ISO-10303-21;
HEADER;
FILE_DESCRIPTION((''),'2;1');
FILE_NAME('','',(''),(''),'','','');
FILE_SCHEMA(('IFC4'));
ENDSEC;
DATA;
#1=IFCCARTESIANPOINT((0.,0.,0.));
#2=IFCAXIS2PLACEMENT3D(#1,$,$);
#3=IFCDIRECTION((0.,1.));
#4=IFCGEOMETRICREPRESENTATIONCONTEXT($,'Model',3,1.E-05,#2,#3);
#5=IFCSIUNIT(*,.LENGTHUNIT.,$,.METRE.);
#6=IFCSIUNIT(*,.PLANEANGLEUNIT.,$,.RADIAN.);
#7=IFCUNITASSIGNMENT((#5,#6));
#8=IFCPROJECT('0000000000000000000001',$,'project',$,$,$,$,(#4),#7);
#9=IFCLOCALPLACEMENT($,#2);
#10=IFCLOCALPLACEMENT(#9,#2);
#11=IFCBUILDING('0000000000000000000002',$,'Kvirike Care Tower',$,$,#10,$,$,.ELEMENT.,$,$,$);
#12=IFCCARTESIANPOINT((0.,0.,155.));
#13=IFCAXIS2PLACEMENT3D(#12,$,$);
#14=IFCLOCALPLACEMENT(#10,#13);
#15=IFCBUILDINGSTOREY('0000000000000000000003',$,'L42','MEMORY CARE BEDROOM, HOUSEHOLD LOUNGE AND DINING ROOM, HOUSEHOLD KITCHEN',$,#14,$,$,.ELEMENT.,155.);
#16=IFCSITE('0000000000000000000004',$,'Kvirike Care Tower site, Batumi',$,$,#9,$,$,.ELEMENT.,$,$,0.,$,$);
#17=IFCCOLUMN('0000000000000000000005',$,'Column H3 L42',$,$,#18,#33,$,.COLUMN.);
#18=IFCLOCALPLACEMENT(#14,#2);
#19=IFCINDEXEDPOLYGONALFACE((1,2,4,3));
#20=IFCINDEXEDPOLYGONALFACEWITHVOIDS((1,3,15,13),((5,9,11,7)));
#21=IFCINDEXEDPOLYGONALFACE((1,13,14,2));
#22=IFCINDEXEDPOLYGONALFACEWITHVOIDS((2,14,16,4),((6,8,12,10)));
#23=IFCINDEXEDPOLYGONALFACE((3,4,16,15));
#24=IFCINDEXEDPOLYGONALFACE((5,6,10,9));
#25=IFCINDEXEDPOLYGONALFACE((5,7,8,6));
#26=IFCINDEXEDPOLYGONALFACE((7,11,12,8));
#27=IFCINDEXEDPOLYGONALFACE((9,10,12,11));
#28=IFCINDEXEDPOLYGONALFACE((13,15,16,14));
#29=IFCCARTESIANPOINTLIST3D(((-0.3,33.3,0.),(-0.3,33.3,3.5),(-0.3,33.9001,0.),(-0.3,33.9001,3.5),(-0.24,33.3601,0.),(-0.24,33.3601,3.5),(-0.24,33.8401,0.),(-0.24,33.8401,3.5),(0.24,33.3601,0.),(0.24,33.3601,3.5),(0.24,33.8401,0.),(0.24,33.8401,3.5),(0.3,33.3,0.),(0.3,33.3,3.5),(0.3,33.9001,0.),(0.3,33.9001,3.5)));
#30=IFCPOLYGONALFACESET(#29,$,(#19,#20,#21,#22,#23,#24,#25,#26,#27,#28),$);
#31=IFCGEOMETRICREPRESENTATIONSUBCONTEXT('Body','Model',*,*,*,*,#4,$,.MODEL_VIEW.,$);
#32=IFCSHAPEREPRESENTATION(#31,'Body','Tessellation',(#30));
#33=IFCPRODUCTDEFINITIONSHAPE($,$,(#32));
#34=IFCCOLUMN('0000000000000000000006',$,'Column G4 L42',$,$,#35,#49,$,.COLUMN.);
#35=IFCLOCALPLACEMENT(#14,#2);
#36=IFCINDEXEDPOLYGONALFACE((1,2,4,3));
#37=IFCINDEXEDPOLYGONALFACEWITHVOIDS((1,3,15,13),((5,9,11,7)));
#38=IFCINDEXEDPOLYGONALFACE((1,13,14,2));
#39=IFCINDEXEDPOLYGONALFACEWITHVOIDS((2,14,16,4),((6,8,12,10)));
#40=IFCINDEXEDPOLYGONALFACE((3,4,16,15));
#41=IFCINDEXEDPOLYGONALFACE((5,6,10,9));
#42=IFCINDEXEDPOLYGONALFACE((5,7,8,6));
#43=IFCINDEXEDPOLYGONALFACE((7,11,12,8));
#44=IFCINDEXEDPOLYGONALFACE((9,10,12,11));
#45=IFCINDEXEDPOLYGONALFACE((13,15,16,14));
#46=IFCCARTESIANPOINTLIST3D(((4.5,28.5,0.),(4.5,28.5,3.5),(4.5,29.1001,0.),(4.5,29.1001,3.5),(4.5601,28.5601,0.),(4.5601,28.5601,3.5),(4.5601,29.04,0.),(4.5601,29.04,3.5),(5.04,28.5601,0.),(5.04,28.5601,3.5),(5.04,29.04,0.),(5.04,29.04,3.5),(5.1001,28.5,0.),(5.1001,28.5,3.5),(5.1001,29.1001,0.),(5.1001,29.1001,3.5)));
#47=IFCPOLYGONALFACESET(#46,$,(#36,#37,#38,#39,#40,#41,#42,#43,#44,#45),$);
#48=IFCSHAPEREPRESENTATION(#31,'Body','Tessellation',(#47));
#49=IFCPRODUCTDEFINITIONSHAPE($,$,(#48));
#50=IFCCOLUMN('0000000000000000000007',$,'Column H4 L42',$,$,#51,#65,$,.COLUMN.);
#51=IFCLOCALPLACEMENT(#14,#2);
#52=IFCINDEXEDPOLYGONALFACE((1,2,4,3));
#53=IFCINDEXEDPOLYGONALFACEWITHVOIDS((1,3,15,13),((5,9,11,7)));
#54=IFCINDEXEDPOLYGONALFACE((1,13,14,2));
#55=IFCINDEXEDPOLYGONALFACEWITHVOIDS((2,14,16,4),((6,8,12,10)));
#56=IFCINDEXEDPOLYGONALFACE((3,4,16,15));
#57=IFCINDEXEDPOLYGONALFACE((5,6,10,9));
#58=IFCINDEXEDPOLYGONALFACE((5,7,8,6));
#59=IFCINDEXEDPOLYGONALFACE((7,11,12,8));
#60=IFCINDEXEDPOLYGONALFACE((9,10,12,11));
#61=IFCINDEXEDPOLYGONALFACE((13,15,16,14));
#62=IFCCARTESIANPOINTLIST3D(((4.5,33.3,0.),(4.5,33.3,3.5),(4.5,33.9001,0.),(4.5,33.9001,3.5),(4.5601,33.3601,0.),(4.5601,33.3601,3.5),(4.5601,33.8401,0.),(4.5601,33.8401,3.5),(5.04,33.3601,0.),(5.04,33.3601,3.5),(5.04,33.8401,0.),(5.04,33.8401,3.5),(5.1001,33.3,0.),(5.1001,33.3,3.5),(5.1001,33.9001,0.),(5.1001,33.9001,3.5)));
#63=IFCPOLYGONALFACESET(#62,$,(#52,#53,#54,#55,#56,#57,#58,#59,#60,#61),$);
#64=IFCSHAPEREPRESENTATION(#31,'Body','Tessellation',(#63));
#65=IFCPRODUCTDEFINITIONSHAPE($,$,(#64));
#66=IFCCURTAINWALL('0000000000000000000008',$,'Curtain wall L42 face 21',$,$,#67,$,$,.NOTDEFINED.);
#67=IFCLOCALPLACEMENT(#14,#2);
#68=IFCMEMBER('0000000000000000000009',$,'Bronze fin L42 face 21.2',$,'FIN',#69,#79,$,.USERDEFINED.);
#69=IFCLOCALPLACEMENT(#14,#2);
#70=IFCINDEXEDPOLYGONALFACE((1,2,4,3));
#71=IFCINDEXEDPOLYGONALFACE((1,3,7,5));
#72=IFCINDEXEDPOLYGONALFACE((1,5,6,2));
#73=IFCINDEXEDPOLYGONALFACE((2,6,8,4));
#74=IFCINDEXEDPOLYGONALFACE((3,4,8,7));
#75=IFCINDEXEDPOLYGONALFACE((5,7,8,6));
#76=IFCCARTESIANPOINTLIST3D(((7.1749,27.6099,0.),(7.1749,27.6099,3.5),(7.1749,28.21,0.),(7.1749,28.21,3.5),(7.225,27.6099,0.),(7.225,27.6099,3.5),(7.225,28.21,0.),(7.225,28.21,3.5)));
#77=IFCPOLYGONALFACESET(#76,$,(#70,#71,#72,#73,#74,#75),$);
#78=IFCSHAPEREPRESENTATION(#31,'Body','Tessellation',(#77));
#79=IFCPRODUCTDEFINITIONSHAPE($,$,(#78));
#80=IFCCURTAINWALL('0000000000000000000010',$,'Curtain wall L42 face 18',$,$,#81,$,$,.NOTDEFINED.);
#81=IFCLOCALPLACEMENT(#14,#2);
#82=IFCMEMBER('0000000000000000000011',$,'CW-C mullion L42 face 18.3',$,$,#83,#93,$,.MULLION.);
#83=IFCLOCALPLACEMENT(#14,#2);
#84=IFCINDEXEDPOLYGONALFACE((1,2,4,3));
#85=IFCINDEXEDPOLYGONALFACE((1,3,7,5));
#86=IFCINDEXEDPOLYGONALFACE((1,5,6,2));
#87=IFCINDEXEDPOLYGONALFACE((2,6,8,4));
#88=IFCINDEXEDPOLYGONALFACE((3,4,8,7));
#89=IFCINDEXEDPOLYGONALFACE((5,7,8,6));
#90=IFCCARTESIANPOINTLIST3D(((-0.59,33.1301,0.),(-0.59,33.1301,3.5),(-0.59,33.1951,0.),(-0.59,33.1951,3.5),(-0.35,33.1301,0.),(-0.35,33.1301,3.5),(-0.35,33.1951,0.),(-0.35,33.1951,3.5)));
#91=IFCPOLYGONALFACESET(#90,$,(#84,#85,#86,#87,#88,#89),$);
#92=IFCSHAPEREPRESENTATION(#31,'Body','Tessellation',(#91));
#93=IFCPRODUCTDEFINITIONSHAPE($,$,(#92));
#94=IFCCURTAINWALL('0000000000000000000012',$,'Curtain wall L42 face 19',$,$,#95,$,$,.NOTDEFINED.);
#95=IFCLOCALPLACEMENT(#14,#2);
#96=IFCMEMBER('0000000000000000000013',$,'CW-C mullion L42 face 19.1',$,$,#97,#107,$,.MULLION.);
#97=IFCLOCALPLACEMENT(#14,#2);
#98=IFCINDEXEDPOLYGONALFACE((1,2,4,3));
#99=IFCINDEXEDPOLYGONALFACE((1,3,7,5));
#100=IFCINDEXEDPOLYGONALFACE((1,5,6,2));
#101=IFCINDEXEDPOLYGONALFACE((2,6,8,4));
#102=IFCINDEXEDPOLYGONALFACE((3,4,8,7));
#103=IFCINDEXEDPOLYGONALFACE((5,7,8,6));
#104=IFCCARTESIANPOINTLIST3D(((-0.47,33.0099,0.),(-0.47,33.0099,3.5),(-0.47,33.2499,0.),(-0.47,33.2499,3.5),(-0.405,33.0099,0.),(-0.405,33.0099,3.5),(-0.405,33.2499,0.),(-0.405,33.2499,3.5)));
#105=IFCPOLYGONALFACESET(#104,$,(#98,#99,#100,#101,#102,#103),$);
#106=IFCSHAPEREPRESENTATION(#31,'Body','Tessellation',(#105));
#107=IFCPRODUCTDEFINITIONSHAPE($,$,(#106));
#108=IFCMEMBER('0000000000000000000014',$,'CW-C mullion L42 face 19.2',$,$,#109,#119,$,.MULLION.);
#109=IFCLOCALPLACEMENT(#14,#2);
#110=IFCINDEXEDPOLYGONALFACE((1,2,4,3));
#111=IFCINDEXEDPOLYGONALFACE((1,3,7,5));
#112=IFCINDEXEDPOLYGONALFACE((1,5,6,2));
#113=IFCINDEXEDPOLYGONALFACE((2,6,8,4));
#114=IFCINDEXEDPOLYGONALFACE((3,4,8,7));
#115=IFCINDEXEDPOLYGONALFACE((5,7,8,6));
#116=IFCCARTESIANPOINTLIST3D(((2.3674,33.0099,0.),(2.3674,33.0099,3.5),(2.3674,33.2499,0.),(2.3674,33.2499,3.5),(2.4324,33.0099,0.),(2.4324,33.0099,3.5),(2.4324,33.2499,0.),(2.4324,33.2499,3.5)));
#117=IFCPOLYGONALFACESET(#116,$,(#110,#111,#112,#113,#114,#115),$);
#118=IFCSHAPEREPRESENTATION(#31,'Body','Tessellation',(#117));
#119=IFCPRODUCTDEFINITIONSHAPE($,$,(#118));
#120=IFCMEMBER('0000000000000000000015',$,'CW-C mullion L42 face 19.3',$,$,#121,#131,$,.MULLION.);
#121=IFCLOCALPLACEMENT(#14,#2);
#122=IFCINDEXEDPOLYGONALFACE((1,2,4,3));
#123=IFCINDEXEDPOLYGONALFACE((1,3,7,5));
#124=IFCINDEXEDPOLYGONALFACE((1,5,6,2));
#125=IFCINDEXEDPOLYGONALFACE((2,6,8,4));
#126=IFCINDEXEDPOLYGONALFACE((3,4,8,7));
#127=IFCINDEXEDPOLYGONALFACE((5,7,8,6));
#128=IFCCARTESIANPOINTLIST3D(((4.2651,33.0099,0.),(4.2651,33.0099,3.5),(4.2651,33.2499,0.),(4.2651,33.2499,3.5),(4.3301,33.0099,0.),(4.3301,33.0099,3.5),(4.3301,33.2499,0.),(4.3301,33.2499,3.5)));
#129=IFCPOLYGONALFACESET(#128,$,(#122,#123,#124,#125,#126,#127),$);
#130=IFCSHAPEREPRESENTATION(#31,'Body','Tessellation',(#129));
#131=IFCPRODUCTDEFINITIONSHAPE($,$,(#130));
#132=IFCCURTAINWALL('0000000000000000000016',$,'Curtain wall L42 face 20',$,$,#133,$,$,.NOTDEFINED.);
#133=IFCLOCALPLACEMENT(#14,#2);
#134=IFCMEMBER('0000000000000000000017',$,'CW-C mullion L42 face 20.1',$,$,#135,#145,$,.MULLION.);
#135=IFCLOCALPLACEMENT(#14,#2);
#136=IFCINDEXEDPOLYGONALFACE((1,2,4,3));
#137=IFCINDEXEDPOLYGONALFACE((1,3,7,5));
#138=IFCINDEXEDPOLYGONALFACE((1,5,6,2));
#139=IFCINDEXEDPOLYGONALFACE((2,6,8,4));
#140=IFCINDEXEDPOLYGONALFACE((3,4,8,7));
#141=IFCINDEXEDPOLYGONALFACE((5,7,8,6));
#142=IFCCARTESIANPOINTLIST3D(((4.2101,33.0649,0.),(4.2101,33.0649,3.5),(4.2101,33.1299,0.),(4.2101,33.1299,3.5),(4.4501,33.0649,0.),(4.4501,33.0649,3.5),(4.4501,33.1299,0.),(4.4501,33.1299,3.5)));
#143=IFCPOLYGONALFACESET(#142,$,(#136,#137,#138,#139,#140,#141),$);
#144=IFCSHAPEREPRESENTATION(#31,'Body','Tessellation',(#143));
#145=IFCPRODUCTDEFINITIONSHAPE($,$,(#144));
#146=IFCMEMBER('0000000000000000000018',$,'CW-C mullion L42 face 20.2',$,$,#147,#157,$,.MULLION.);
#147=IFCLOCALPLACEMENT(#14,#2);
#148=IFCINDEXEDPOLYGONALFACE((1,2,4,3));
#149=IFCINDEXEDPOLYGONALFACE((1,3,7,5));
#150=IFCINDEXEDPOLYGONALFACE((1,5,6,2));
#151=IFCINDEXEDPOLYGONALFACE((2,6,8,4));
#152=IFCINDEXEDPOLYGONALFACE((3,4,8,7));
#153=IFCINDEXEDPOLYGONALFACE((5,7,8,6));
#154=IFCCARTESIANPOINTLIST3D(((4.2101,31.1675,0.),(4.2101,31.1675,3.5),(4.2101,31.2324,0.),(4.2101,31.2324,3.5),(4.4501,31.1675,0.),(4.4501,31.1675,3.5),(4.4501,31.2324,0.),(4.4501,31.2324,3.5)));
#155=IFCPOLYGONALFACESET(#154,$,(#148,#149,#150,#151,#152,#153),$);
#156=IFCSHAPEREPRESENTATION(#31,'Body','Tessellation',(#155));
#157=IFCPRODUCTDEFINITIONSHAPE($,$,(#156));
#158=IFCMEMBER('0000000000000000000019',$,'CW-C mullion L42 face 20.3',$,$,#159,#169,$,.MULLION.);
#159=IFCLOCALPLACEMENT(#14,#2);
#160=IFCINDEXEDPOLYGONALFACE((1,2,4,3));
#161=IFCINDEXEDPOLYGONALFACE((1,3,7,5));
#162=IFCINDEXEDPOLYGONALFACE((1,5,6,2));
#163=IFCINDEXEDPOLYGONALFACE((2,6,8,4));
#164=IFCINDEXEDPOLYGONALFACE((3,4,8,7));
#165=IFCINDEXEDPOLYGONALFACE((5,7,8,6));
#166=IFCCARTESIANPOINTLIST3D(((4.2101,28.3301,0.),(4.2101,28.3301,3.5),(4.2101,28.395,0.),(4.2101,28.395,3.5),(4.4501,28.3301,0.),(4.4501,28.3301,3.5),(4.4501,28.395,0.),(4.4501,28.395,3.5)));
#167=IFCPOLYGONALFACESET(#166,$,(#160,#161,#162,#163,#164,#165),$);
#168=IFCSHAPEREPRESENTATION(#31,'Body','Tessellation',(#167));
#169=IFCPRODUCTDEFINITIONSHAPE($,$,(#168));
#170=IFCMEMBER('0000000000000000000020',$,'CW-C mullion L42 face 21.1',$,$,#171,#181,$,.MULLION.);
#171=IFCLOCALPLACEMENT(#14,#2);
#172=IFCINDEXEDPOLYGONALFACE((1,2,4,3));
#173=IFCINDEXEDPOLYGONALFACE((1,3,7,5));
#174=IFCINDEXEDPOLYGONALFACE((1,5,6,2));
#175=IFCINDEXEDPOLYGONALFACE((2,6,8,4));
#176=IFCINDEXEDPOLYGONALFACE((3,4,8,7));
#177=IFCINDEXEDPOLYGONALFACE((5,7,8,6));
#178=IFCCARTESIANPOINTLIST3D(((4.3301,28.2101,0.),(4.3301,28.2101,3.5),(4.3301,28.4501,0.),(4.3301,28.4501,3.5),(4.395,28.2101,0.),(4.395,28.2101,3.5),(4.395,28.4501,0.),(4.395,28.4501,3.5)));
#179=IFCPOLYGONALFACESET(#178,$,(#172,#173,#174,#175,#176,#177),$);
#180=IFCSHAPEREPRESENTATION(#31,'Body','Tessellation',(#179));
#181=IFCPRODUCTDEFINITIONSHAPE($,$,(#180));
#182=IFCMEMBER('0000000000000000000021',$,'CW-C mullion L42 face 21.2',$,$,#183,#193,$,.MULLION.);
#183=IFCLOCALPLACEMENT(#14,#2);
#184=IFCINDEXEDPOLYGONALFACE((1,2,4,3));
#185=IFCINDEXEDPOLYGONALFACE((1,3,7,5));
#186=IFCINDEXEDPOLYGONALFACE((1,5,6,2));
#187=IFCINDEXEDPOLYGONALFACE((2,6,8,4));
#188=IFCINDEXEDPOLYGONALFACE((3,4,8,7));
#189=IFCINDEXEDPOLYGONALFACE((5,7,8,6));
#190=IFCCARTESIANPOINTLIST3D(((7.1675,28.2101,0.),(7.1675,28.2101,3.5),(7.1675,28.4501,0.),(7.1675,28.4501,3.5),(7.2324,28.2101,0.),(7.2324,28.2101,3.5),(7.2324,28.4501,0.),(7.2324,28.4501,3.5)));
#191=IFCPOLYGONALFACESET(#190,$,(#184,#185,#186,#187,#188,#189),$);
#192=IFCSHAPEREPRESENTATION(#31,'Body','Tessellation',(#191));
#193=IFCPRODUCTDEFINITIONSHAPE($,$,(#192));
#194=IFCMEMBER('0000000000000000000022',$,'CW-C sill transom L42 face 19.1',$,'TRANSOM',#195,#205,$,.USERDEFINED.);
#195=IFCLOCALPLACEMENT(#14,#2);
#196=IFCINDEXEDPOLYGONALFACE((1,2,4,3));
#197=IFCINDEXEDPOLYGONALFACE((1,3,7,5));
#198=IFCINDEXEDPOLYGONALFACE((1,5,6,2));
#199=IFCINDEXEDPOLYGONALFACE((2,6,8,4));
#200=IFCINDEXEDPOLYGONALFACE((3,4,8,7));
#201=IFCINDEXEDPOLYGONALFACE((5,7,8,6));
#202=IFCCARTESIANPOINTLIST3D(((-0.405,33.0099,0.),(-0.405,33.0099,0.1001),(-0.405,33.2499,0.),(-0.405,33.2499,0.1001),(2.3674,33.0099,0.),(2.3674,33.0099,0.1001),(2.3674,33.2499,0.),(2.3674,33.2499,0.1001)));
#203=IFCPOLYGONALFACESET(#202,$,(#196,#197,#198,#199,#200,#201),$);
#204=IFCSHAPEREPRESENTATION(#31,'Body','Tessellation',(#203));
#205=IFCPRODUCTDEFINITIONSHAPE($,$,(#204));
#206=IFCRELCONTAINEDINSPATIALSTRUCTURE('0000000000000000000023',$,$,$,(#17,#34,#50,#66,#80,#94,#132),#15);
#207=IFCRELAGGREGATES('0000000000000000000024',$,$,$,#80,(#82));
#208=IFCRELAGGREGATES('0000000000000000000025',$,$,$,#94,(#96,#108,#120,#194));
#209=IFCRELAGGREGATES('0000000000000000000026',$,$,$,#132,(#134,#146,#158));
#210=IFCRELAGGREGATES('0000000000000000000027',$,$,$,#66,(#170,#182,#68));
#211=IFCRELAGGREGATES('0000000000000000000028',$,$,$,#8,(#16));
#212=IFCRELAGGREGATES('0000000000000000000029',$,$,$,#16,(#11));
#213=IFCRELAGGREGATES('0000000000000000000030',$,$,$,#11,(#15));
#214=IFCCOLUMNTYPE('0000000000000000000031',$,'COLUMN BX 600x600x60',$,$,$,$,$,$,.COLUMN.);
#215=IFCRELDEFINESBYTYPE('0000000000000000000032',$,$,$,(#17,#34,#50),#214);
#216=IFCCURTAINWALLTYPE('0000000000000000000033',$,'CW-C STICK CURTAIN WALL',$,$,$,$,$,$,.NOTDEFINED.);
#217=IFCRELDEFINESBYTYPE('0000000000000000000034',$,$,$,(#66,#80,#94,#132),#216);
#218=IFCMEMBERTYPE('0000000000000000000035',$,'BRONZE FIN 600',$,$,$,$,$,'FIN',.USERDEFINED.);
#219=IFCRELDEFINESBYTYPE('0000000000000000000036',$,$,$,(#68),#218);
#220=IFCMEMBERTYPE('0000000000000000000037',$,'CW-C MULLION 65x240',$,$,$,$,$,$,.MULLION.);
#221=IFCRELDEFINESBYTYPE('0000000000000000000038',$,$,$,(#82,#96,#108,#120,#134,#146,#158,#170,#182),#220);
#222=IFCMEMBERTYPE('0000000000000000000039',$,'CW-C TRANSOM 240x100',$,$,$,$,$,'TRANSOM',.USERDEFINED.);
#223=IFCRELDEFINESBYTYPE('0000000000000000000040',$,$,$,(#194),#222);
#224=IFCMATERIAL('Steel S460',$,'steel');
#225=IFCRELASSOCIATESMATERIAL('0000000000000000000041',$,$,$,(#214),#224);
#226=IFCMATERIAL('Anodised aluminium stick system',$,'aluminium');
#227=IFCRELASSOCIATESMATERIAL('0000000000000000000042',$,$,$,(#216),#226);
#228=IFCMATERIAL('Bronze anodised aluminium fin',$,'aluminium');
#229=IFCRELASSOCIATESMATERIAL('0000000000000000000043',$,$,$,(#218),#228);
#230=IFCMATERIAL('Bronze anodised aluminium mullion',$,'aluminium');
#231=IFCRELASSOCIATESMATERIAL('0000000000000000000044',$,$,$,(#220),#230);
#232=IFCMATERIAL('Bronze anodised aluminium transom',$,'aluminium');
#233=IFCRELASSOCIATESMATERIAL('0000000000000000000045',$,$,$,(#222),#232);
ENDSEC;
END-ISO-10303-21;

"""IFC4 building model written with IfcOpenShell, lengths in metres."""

from ifc_helpers import new_model, si_unit, direction, frame, origin, origin_2d, place, context, subcontext, project, spatial, rectangle, hollow_rectangle, extrude, material, material_profile, profile_set, type_object, element, aggregate, save


model = new_model("IFC4")

# Units and contexts
model_context = context("Model", 3, precision=1e-05, world=origin(), true_north=direction((0.0, 1.0)))
body_context = subcontext(model_context, "Body", "Model", "MODEL_VIEW")
ifc_project = project(units=[si_unit("LENGTHUNIT", "METRE"), si_unit("PLANEANGLEUNIT", "RADIAN")], contexts=[model_context])

# Site, building, storey
site_placement = place(None, origin())
site = spatial("IfcSite", under=ifc_project, at=site_placement, Name="Kvirike Care Tower site, Batumi", CompositionType="ELEMENT", RefElevation=0.0)
building_placement = place(site_placement, origin())
building = spatial("IfcBuilding", under=site, at=building_placement, Name="Kvirike Care Tower", CompositionType="ELEMENT")
storey_placement = place(building_placement, frame((0.0, 0.0, 155.0)))
storey = spatial("IfcBuildingStorey", under=building, at=storey_placement, Name="L42", Description="MEMORY CARE BEDROOM, HOUSEHOLD LOUNGE AND DINING ROOM, HOUSEHOLD KITCHEN", CompositionType="ELEMENT", Elevation=155.0)

# Columns
ifc_material_1 = material(Name="Steel S460", Category="steel")
ifc_material_profile_1 = material_profile(ifc_material_1, hollow_rectangle(XDim=0.6001, YDim=0.6001, WallThickness=0.0601, at=origin_2d()), Name="BX 600x600x60")
ifc_profile_set_1 = profile_set([ifc_material_profile_1], Name="Steel S460")
column_type = type_object("IfcColumnType", Name="COLUMN BX 600x600x60", PredefinedType="COLUMN", material=ifc_profile_set_1)
for number, where, z_axis, x_axis, name in (
    (1, (0.0, 33.6001, 0.0), (0.0, 0.0, 1.0), (0.0, 1.0, 0.0), "Column H3 L42"),
    (2, (4.8, 28.8, 0.0), (0.0, 0.0, 1.0), (0.0, 1.0, 0.0), "Column G4 L42"),
    (3, (4.8, 33.6001, 0.0), (0.0, 0.0, 1.0), (0.0, 1.0, 0.0), "Column H4 L42"),
):
    element("IfcColumn", number, at=place(storey_placement, frame(where, z_axis=z_axis, x_axis=x_axis)), inside=storey, type_object=column_type, Name=name, PredefinedType="COLUMN", context=body_context, shape_type="SweptSolid", body=[
        extrude(hollow_rectangle(XDim=0.6001, YDim=0.6001, WallThickness=0.0601, at=origin_2d()), origin(), (0.0, 0.0, 1.0), 3.5),
    ])

# Curtain walls, members
ifc_material_2 = material(Name="Anodised aluminium stick system", Category="aluminium")
curtain_wall_type = type_object("IfcCurtainWallType", Name="CW-C STICK CURTAIN WALL", PredefinedType="NOTDEFINED", material=ifc_material_2)
curtain_wall_1_placement = place(storey_placement, origin())
curtain_wall_1 = element("IfcCurtainWall", 4, at=curtain_wall_1_placement, inside=storey, type_object=curtain_wall_type, Name="Curtain wall L42 face 21", PredefinedType="NOTDEFINED")
ifc_material_3 = material(Name="Bronze anodised aluminium fin", Category="aluminium")
ifc_material_profile_2 = material_profile(ifc_material_3, rectangle(XDim=0.05, YDim=0.6001, at=origin_2d()), Name="BRONZE FIN 600")
ifc_profile_set_2 = profile_set([ifc_material_profile_2], Name="Bronze anodised aluminium fin")
member_type_1 = type_object("IfcMemberType", Name="BRONZE FIN 600", ElementType="FIN", PredefinedType="USERDEFINED", material=ifc_profile_set_2)
member_1_placement = place(storey_placement, frame((7.2, 27.9099, 0.0), z_axis=(0.0, 0.0, 1.0), x_axis=(1.0, 0.0, 0.0)))
member_1 = element("IfcMember", 5, at=member_1_placement, type_object=member_type_1, Name="Bronze fin L42 face 21.2", ObjectType="FIN", PredefinedType="USERDEFINED", context=body_context, shape_type="SweptSolid", body=[
    extrude(rectangle(XDim=0.05, YDim=0.6001, at=origin_2d()), origin(), (0.0, 0.0, 1.0), 3.5),
])
curtain_wall_2_placement = place(storey_placement, origin())
curtain_wall_2 = element("IfcCurtainWall", 6, at=curtain_wall_2_placement, inside=storey, type_object=curtain_wall_type, Name="Curtain wall L42 face 18", PredefinedType="NOTDEFINED")
ifc_material_4 = material(Name="Bronze anodised aluminium mullion", Category="aluminium")
ifc_material_profile_3 = material_profile(ifc_material_4, rectangle(XDim=0.0649, YDim=0.24, at=origin_2d()), Name="CW-C MULLION 65x240")
ifc_profile_set_3 = profile_set([ifc_material_profile_3], Name="Bronze anodised aluminium mullion")
member_type_2 = type_object("IfcMemberType", Name="CW-C MULLION 65x240", PredefinedType="MULLION", material=ifc_profile_set_3)
member_2_placement = place(storey_placement, frame((-0.47, 33.1626, 0.0), z_axis=(0.0, 0.0, 1.0), x_axis=(0.0, -1.0, 0.0)))
member_2 = element("IfcMember", 7, at=member_2_placement, type_object=member_type_2, Name="CW-C mullion L42 face 18.3", PredefinedType="MULLION", context=body_context, shape_type="SweptSolid", body=[
    extrude(rectangle(XDim=0.0649, YDim=0.24, at=origin_2d()), origin(), (0.0, 0.0, 1.0), 3.5),
])
aggregate(curtain_wall_2, [member_2])

# Curtain walls, members
curtain_wall_3_placement = place(storey_placement, origin())
curtain_wall_3 = element("IfcCurtainWall", 8, at=curtain_wall_3_placement, inside=storey, type_object=curtain_wall_type, Name="Curtain wall L42 face 19", PredefinedType="NOTDEFINED")
member_3_placement = place(storey_placement, frame((-0.4375, 33.1299, 0.0), z_axis=(0.0, 0.0, 1.0), x_axis=(1.0, 0.0, 0.0)))
member_3 = element("IfcMember", 9, at=member_3_placement, type_object=member_type_2, Name="CW-C mullion L42 face 19.1", PredefinedType="MULLION", context=body_context, shape_type="SweptSolid", body=[
    extrude(rectangle(XDim=0.0649, YDim=0.24, at=origin_2d()), origin(), (0.0, 0.0, 1.0), 3.5),
])
member_4_placement = place(storey_placement, frame((2.3999, 33.1299, 0.0), z_axis=(0.0, 0.0, 1.0), x_axis=(1.0, 0.0, 0.0)))
member_4 = element("IfcMember", 10, at=member_4_placement, type_object=member_type_2, Name="CW-C mullion L42 face 19.2", PredefinedType="MULLION", context=body_context, shape_type="SweptSolid", body=[
    extrude(rectangle(XDim=0.0649, YDim=0.24, at=origin_2d()), origin(), (0.0, 0.0, 1.0), 3.5),
])
member_5_placement = place(storey_placement, frame((4.2976, 33.1299, 0.0), z_axis=(0.0, 0.0, 1.0), x_axis=(1.0, 0.0, 0.0)))
member_5 = element("IfcMember", 11, at=member_5_placement, type_object=member_type_2, Name="CW-C mullion L42 face 19.3", PredefinedType="MULLION", context=body_context, shape_type="SweptSolid", body=[
    extrude(rectangle(XDim=0.0649, YDim=0.24, at=origin_2d()), origin(), (0.0, 0.0, 1.0), 3.5),
])
curtain_wall_4_placement = place(storey_placement, origin())
curtain_wall_4 = element("IfcCurtainWall", 12, at=curtain_wall_4_placement, inside=storey, type_object=curtain_wall_type, Name="Curtain wall L42 face 20", PredefinedType="NOTDEFINED")
member_6_placement = place(storey_placement, frame((4.3301, 33.0974, 0.0), z_axis=(0.0, 0.0, 1.0), x_axis=(0.0, -1.0, 0.0)))
member_6 = element("IfcMember", 13, at=member_6_placement, type_object=member_type_2, Name="CW-C mullion L42 face 20.1", PredefinedType="MULLION", context=body_context, shape_type="SweptSolid", body=[
    extrude(rectangle(XDim=0.0649, YDim=0.24, at=origin_2d()), origin(), (0.0, 0.0, 1.0), 3.5),
])
member_7_placement = place(storey_placement, frame((4.3301, 31.2, 0.0), z_axis=(0.0, 0.0, 1.0), x_axis=(0.0, -1.0, 0.0)))
member_7 = element("IfcMember", 14, at=member_7_placement, type_object=member_type_2, Name="CW-C mullion L42 face 20.2", PredefinedType="MULLION", context=body_context, shape_type="SweptSolid", body=[
    extrude(rectangle(XDim=0.0649, YDim=0.24, at=origin_2d()), origin(), (0.0, 0.0, 1.0), 3.5),
])
member_8_placement = place(storey_placement, frame((4.3301, 28.3625, 0.0), z_axis=(0.0, 0.0, 1.0), x_axis=(0.0, -1.0, 0.0)))
member_8 = element("IfcMember", 15, at=member_8_placement, type_object=member_type_2, Name="CW-C mullion L42 face 20.3", PredefinedType="MULLION", context=body_context, shape_type="SweptSolid", body=[
    extrude(rectangle(XDim=0.0649, YDim=0.24, at=origin_2d()), origin(), (0.0, 0.0, 1.0), 3.5),
])

# Members
member_9_placement = place(storey_placement, frame((4.3625, 28.3301, 0.0), z_axis=(0.0, 0.0, 1.0), x_axis=(1.0, 0.0, 0.0)))
member_9 = element("IfcMember", 16, at=member_9_placement, type_object=member_type_2, Name="CW-C mullion L42 face 21.1", PredefinedType="MULLION", context=body_context, shape_type="SweptSolid", body=[
    extrude(rectangle(XDim=0.0649, YDim=0.24, at=origin_2d()), origin(), (0.0, 0.0, 1.0), 3.5),
])
member_10_placement = place(storey_placement, frame((7.2, 28.3301, 0.0), z_axis=(0.0, 0.0, 1.0), x_axis=(1.0, 0.0, 0.0)))
member_10 = element("IfcMember", 17, at=member_10_placement, type_object=member_type_2, Name="CW-C mullion L42 face 21.2", PredefinedType="MULLION", context=body_context, shape_type="SweptSolid", body=[
    extrude(rectangle(XDim=0.0649, YDim=0.24, at=origin_2d()), origin(), (0.0, 0.0, 1.0), 3.5),
])
ifc_material_5 = material(Name="Bronze anodised aluminium transom", Category="aluminium")
ifc_material_profile_4 = material_profile(ifc_material_5, rectangle(XDim=0.24, YDim=0.1001, at=origin_2d()), Name="CW-C TRANSOM 240x100")
ifc_profile_set_4 = profile_set([ifc_material_profile_4], Name="Bronze anodised aluminium transom")
member_type_3 = type_object("IfcMemberType", Name="CW-C TRANSOM 240x100", ElementType="TRANSOM", PredefinedType="USERDEFINED", material=ifc_profile_set_4)
member_11_placement = place(storey_placement, frame((-0.405, 33.1299, 0.05), z_axis=(1.0, 0.0, 0.0), x_axis=(0.0, 1.0, 0.0)))
member_11 = element("IfcMember", 18, at=member_11_placement, type_object=member_type_3, Name="CW-C sill transom L42 face 19.1", ObjectType="TRANSOM", PredefinedType="USERDEFINED", context=body_context, shape_type="SweptSolid", body=[
    extrude(rectangle(XDim=0.24, YDim=0.1001, at=origin_2d()), origin(), (0.0, 0.0, 1.0), 2.7725),
])

aggregate(curtain_wall_3, [member_3, member_4, member_5, member_11])
aggregate(curtain_wall_4, [member_6, member_7, member_8])
aggregate(curtain_wall_1, [member_9, member_10, member_1])

save(model, "model.ifc")
